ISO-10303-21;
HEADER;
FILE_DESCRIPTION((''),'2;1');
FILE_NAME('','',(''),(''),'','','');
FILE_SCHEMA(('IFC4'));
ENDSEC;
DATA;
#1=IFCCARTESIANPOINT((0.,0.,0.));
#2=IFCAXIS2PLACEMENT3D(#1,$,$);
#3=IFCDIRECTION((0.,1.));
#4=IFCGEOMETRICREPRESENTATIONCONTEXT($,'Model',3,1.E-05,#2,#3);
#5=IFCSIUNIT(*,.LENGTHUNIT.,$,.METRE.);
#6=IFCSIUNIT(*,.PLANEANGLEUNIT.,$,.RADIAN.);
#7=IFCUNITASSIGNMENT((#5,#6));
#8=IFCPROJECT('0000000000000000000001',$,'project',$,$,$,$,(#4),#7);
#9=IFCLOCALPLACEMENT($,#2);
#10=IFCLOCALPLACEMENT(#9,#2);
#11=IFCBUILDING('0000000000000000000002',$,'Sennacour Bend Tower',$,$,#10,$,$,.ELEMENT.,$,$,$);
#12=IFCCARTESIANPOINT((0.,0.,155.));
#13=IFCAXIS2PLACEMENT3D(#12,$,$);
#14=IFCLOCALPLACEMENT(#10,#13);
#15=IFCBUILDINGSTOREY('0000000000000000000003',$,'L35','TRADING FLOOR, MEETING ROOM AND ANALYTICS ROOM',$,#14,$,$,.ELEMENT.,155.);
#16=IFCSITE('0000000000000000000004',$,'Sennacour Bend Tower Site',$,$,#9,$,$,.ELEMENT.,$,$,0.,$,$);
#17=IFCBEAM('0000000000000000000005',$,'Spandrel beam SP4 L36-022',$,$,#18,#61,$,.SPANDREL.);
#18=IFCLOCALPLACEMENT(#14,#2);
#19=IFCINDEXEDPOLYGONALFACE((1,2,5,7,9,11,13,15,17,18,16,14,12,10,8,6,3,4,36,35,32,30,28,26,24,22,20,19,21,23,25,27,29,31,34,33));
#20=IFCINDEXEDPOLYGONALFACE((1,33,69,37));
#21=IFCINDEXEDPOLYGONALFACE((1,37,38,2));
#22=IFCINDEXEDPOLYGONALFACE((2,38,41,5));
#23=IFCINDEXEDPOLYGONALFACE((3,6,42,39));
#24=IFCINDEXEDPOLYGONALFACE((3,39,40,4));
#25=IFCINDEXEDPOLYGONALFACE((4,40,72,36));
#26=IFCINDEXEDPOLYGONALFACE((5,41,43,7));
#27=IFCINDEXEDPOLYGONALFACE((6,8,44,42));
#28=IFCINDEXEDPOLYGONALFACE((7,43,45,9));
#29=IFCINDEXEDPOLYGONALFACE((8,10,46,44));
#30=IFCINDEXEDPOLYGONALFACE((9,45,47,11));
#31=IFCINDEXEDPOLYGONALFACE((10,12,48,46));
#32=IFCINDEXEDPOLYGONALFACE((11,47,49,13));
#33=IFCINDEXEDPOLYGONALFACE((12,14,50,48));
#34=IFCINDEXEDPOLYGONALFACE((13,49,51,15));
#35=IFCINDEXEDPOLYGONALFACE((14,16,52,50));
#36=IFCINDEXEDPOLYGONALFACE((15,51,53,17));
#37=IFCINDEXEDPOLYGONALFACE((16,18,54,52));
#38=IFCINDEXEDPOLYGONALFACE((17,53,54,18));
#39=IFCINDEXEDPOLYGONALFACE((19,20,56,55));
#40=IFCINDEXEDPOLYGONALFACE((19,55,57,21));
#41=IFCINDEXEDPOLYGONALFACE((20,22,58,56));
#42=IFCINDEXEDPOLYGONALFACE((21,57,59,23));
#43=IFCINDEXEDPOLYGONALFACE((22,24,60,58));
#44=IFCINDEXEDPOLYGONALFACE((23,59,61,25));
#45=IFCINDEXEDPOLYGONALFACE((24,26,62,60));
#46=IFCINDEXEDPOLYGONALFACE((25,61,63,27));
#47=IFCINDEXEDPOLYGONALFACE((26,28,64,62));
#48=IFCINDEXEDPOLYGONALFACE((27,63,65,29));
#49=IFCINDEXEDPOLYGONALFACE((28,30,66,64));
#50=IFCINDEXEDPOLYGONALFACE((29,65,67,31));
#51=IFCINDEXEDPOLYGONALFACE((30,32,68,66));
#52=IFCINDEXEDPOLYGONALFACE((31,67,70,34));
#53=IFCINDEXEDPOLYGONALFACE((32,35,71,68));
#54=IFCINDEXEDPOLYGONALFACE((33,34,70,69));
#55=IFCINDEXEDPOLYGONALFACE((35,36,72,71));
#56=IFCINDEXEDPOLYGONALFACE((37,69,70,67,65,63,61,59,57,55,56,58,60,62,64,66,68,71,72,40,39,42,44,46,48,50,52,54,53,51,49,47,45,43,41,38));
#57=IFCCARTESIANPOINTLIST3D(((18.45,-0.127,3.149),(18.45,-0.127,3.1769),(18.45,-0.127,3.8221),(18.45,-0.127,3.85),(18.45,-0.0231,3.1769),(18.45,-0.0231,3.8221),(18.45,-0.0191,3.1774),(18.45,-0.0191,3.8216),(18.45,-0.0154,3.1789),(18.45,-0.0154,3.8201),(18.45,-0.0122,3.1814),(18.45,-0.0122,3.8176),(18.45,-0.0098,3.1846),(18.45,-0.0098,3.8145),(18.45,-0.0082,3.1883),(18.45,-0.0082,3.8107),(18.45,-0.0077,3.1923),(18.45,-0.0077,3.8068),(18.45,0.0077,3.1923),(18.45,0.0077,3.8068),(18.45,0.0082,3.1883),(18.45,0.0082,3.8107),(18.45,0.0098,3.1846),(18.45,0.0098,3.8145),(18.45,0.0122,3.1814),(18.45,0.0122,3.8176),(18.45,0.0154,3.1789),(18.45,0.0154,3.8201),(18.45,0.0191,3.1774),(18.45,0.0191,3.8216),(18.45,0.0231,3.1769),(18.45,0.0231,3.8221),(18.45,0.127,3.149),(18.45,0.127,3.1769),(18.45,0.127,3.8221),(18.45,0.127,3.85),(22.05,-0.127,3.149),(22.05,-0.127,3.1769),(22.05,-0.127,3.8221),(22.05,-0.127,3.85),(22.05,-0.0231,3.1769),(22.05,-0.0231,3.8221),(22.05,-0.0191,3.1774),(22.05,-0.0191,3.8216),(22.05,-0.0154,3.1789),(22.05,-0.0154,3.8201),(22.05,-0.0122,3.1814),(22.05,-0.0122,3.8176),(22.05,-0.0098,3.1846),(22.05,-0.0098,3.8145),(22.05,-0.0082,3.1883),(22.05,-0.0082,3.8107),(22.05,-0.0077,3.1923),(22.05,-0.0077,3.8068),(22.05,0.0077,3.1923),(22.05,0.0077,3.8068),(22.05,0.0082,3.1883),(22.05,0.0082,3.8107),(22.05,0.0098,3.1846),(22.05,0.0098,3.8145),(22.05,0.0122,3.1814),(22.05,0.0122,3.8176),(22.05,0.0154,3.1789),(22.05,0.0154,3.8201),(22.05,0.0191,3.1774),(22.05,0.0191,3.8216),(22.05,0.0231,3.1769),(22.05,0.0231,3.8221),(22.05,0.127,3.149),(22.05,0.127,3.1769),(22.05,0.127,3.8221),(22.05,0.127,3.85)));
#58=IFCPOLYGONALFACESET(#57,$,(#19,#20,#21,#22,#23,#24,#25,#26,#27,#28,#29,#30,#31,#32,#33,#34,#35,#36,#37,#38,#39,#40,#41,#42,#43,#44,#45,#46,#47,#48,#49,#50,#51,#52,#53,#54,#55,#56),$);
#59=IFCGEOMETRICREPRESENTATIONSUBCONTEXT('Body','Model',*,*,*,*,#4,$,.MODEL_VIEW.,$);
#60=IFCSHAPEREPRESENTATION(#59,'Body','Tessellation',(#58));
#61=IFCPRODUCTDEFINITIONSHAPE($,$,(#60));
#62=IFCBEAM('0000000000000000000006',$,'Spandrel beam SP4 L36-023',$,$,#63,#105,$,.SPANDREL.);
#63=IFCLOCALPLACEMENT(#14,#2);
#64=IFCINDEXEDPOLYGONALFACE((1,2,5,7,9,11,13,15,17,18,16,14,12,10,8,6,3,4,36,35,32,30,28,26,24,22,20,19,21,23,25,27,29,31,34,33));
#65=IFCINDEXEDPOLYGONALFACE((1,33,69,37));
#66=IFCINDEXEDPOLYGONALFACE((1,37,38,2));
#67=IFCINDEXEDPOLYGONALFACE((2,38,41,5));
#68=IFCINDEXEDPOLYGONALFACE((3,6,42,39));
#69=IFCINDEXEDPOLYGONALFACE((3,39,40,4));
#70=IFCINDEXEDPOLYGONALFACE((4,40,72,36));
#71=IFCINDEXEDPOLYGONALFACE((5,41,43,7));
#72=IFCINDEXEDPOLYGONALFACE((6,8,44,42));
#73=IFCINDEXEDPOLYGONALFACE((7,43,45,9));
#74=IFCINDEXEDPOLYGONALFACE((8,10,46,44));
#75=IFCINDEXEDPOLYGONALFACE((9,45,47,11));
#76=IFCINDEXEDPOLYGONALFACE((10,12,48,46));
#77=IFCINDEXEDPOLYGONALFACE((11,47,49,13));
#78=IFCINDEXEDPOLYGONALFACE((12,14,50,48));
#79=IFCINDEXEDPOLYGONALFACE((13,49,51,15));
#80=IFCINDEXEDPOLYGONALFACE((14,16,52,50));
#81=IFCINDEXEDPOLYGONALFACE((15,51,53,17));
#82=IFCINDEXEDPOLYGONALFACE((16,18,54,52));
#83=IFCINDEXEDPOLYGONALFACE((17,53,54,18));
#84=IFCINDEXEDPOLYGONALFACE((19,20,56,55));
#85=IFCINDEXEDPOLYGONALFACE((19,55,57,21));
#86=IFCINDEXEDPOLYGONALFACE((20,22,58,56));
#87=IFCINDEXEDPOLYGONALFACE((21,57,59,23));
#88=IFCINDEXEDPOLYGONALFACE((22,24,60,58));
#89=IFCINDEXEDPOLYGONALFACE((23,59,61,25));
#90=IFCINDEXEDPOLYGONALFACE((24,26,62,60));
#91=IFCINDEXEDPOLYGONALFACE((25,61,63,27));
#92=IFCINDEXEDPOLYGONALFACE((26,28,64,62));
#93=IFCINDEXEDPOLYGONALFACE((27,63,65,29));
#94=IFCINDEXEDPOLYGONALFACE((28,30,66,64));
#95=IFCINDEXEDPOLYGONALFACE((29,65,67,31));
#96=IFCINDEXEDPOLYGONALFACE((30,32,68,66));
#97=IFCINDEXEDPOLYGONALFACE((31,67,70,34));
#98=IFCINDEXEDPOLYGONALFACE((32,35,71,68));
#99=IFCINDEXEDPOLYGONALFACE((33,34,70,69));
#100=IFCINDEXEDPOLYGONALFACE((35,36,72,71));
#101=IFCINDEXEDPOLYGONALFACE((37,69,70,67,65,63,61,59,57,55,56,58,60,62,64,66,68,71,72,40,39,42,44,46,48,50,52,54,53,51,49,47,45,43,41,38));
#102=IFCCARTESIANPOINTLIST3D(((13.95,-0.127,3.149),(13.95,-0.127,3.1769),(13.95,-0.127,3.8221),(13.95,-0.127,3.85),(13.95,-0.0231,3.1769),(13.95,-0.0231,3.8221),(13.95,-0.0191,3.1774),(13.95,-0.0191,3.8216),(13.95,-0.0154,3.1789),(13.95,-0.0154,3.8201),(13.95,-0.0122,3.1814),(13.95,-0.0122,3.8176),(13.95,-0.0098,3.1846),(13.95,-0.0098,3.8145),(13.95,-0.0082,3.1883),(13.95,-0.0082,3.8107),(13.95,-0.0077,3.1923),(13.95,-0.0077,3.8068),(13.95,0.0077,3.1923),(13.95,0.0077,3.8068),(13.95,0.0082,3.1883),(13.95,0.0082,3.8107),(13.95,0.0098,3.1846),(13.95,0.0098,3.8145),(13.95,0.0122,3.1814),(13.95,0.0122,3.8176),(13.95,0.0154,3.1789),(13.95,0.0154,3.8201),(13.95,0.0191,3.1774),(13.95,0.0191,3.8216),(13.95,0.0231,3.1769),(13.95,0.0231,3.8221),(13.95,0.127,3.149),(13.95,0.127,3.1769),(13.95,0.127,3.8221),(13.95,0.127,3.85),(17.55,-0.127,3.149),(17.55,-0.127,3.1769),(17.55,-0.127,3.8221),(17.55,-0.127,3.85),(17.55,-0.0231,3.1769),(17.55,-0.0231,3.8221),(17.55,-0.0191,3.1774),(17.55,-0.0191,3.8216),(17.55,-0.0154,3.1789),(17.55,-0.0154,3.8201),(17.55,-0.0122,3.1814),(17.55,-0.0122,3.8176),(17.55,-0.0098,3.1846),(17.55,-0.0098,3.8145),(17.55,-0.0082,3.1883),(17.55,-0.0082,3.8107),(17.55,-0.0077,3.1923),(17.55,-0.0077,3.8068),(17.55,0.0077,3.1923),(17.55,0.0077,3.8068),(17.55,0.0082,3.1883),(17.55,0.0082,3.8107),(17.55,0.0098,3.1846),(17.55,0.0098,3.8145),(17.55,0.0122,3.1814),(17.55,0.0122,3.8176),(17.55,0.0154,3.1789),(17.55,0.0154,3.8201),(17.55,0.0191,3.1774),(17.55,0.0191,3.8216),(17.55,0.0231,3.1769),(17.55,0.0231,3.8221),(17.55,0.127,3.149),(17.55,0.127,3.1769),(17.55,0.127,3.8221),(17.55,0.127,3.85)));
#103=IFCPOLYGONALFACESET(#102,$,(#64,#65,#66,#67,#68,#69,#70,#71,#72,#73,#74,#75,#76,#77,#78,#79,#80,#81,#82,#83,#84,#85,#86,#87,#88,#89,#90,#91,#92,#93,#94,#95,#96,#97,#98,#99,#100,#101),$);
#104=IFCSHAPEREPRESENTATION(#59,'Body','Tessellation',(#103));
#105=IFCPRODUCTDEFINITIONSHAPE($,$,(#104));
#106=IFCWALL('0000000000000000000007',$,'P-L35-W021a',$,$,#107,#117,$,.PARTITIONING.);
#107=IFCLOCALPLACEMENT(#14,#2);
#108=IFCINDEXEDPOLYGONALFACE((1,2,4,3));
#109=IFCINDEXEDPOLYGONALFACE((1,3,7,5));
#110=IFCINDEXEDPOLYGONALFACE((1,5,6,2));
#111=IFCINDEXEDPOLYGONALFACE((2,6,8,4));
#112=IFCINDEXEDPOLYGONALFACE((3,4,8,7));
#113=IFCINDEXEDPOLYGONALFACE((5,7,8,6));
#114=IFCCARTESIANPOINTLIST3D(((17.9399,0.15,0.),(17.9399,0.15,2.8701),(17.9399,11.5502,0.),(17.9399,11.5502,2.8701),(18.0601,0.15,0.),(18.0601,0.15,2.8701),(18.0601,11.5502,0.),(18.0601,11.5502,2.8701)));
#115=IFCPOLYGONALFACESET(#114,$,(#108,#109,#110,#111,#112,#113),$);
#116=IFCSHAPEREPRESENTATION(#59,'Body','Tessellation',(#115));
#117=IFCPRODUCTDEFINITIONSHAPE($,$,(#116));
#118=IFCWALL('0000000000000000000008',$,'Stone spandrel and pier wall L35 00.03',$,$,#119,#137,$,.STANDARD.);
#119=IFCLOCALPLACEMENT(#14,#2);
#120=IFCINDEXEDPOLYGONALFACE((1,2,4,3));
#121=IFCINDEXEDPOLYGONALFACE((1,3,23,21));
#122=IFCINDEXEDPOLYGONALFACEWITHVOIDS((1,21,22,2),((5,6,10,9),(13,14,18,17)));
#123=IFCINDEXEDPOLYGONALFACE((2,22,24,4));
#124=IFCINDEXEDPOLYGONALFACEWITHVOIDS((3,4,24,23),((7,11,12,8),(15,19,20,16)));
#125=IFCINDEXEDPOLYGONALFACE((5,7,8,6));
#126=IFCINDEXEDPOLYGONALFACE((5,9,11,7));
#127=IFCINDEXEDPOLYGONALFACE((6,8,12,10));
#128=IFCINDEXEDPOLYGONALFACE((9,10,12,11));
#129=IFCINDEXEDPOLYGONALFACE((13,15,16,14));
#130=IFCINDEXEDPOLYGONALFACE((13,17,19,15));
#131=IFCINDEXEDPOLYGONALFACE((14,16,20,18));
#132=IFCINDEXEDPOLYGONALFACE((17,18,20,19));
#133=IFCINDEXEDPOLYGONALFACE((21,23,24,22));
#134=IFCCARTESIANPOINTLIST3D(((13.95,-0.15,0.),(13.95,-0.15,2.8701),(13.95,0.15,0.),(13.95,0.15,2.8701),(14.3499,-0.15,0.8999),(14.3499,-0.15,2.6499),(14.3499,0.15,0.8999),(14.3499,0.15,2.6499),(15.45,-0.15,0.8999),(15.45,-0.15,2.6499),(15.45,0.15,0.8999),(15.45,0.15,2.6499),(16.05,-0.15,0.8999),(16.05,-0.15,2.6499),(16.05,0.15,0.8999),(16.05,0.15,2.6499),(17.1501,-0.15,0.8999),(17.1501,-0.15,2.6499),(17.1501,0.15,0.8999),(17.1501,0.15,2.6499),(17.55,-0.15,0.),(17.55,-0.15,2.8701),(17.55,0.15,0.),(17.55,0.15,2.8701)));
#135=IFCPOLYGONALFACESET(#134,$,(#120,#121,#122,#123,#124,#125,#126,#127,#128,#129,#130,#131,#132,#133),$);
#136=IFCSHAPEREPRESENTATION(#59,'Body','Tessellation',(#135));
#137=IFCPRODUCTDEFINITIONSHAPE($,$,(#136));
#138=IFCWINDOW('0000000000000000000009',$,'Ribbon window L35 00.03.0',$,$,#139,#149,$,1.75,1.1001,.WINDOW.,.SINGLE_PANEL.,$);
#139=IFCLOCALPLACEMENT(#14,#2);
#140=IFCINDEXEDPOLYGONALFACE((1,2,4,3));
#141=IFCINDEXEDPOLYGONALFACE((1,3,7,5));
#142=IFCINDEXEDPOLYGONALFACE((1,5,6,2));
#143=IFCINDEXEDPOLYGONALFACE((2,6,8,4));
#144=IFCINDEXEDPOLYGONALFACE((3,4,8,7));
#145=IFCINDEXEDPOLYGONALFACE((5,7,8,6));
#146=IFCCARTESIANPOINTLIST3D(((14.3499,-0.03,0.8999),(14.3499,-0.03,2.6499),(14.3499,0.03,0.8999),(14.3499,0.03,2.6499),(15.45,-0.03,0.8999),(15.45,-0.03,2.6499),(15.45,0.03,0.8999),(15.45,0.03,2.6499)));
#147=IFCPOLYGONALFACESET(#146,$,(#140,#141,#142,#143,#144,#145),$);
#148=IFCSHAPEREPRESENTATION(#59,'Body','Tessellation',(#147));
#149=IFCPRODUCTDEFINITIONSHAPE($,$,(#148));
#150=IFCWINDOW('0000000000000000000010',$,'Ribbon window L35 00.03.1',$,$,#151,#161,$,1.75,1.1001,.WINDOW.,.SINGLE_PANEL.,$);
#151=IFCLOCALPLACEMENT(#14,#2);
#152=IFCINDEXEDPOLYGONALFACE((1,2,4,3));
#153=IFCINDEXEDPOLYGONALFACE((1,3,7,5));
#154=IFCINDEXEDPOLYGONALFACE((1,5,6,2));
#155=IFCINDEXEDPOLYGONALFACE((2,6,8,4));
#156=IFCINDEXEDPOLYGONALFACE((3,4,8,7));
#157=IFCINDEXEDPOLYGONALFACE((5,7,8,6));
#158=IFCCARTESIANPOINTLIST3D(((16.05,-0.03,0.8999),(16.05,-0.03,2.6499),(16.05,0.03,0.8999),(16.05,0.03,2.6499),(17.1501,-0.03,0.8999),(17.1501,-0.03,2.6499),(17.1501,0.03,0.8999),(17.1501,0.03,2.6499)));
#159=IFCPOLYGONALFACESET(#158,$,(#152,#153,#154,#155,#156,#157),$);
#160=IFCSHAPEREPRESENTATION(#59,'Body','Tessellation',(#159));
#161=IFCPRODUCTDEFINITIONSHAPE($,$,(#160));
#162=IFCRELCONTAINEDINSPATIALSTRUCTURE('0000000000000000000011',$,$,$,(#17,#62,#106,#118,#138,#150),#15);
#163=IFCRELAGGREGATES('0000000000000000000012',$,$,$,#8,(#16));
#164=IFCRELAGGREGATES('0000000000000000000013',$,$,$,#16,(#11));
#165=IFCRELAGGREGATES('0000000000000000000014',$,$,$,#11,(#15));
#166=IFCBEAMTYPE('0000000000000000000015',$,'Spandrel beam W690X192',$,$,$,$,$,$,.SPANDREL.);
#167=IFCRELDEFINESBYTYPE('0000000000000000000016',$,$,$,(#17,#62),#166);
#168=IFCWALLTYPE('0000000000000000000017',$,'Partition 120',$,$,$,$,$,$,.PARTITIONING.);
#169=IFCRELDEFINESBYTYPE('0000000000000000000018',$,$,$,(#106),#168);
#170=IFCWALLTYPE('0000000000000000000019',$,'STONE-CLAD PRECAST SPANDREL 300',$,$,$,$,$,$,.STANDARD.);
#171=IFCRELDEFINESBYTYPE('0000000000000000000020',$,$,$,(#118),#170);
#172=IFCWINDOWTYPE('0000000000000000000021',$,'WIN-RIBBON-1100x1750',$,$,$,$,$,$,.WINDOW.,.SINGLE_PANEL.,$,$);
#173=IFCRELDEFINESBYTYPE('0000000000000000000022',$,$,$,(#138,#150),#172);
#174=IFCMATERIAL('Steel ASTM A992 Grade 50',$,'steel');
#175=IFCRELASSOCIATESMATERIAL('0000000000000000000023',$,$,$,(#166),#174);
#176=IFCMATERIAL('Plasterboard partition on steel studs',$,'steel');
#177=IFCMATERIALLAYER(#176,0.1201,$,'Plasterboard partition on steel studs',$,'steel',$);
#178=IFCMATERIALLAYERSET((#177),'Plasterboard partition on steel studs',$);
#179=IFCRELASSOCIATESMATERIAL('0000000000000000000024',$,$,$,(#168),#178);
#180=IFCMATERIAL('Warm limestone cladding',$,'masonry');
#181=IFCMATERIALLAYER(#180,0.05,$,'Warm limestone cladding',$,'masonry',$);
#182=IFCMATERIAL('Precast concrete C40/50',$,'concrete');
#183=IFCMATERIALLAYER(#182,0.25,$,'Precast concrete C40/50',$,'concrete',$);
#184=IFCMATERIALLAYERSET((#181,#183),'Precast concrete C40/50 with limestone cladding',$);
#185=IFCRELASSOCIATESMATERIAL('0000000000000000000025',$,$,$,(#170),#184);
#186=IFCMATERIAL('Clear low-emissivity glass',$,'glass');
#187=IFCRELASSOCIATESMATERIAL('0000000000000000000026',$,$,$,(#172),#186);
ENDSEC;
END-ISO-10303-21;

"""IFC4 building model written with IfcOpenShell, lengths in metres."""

from ifc_helpers import new_model, si_unit, direction, frame, frame_2d, origin, origin_2d, place, context, subcontext, project, spatial, rectangle, i_section, extrude, material, layer, layer_set, material_profile, profile_set, type_object, element, fill, save


model = new_model("IFC4")

# Units and contexts
model_context = context("Model", 3, precision=1e-05, world=origin(), true_north=direction((0.0, 1.0)))
body_context = subcontext(model_context, "Body", "Model", "MODEL_VIEW")
ifc_project = project(units=[si_unit("LENGTHUNIT", "METRE"), si_unit("PLANEANGLEUNIT", "RADIAN")], contexts=[model_context])

# Site, building, storey
site_placement = place(None, origin())
site = spatial("IfcSite", under=ifc_project, at=site_placement, Name="Sennacour Bend Tower Site", CompositionType="ELEMENT", RefElevation=0.0)
building_placement = place(site_placement, origin())
building = spatial("IfcBuilding", under=site, at=building_placement, Name="Sennacour Bend Tower", CompositionType="ELEMENT")
storey_placement = place(building_placement, frame((0.0, 0.0, 155.0)))
storey = spatial("IfcBuildingStorey", under=building, at=storey_placement, Name="L35", Description="TRADING FLOOR, MEETING ROOM AND ANALYTICS ROOM", CompositionType="ELEMENT", Elevation=155.0)

# Beams
ifc_material_1 = material(Name="Steel ASTM A992 Grade 50", Category="steel")
ifc_material_profile_1 = material_profile(ifc_material_1, i_section(OverallWidth=0.2539, OverallDepth=0.7009, WebThickness=0.0154, FlangeThickness=0.0278, FilletRadius=0.0154, at=origin_2d()), Name="Steel ASTM A992 Grade 50", Category="steel")
ifc_profile_set_1 = profile_set([ifc_material_profile_1], Name="Steel ASTM A992 Grade 50")
beam_type_1 = type_object("IfcBeamType", Name="Spandrel beam W690X192", PredefinedType="SPANDREL", material=ifc_profile_set_1)
for number, where, z_axis, x_axis, name in (
    (1, (22.05, 0.0, 3.4995), (-1.0, 0.0, 0.0), (0.0, -1.0, 0.0), "Spandrel beam SP4 L36-022"),
    (2, (17.55, 0.0, 3.4995), (-1.0, 0.0, 0.0), (0.0, -1.0, 0.0), "Spandrel beam SP4 L36-023"),
):
    element("IfcBeam", number, at=place(storey_placement, frame(where, z_axis=z_axis, x_axis=x_axis)), inside=storey, type_object=beam_type_1, Name=name, PredefinedType="SPANDREL", context=body_context, shape_type="SweptSolid", body=[
        extrude(i_section(OverallWidth=0.2539, OverallDepth=0.7009, WebThickness=0.0154, FlangeThickness=0.0278, FilletRadius=0.0154, at=origin_2d()), origin(), (0.0, 0.0, 1.0), 3.6001),
    ])

# Wall
ifc_material_2 = material(Name="Plasterboard partition on steel studs", Category="steel")
ifc_layer_1 = layer(ifc_material_2, 0.1201, Name="Plasterboard partition on steel studs", Category="steel")
ifc_layer_set_1 = layer_set([ifc_layer_1], Name="Plasterboard partition on steel studs")
wall_type_1 = type_object("IfcWallType", Name="Partition 120", PredefinedType="PARTITIONING", material=ifc_layer_set_1)
wall_1_placement = place(storey_placement, frame((18.0, 0.1499, 0.0), z_axis=(0.0, 0.0, 1.0), x_axis=(0.0, 1.0, 0.0)))
element("IfcWall", 3, at=wall_1_placement, inside=storey, type_object=wall_type_1, Name="P-L35-W021a", PredefinedType="PARTITIONING", context=body_context, shape_type="SweptSolid", body=[
    extrude(rectangle(XDim=11.4001, YDim=0.1201, at=frame_2d((5.7002, 0.0))), origin(), (0.0, 0.0, 1.0), 2.8701),
])

# Wall, openings, windows
ifc_material_3 = material(Name="Warm limestone cladding", Category="masonry")
ifc_layer_2 = layer(ifc_material_3, 0.05, Name="Warm limestone cladding", Category="masonry")
ifc_material_4 = material(Name="Precast concrete C40/50", Category="concrete")
ifc_layer_3 = layer(ifc_material_4, 0.25, Name="Precast concrete C40/50", Category="concrete")
ifc_layer_set_2 = layer_set([ifc_layer_2, ifc_layer_3], Name="Precast concrete C40/50 with limestone cladding")
wall_type_2 = type_object("IfcWallType", Name="STONE-CLAD PRECAST SPANDREL 300", PredefinedType="STANDARD", material=ifc_layer_set_2)
wall_2_placement = place(storey_placement, frame((13.95, 0.0, 0.0), z_axis=(0.0, 0.0, 1.0), x_axis=(1.0, 0.0, 0.0)))
wall_2 = element("IfcWall", 4, at=wall_2_placement, inside=storey, type_object=wall_type_2, Name="Stone spandrel and pier wall L35 00.03", PredefinedType="STANDARD", context=body_context, shape_type="SweptSolid", body=[
    extrude(rectangle(XDim=3.6001, YDim=0.3, at=frame_2d((1.8, 0.0))), origin(), (0.0, 0.0, 1.0), 2.8701),
])
opening_1_placement = place(wall_2_placement, frame((0.3999, 0.0, 0.8999)))
opening_1 = element("IfcOpeningElement", 5, at=opening_1_placement, cuts=wall_2, PredefinedType="OPENING", context=body_context, shape_type="SweptSolid", body=[
    extrude(rectangle(XDim=1.1001, YDim=1.75, at=frame_2d((0.55, 0.875))), frame((0.0, 0.1602, 0.0), z_axis=(0.0, -1.0, 0.0), x_axis=(1.0, 0.0, 0.0)), (0.0, 0.0, 1.0), 0.3201),
])
opening_2_placement = place(wall_2_placement, frame((2.1001, 0.0, 0.8999)))
opening_2 = element("IfcOpeningElement", 6, at=opening_2_placement, cuts=wall_2, PredefinedType="OPENING", context=body_context, shape_type="SweptSolid", body=[
    extrude(rectangle(XDim=1.1001, YDim=1.75, at=frame_2d((0.55, 0.875))), frame((0.0, 0.1602, 0.0), z_axis=(0.0, -1.0, 0.0), x_axis=(1.0, 0.0, 0.0)), (0.0, 0.0, 1.0), 0.3201),
])
ifc_material_5 = material(Name="Clear low-emissivity glass", Category="glass")
window_type = type_object("IfcWindowType", Name="WIN-RIBBON-1100x1750", PartitioningType="SINGLE_PANEL", PredefinedType="WINDOW", material=ifc_material_5)
window_1_placement = place(opening_1_placement, origin())
window_1 = element("IfcWindow", 7, at=window_1_placement, inside=storey, type_object=window_type, Name="Ribbon window L35 00.03.0", OverallHeight=1.75, OverallWidth=1.1001, PartitioningType="SINGLE_PANEL", PredefinedType="WINDOW", context=body_context, shape_type="SweptSolid", body=[
    extrude(rectangle(XDim=1.1001, YDim=1.75, at=frame_2d((0.55, 0.875))), frame((0.0, 0.03, 0.0), z_axis=(0.0, -1.0, 0.0), x_axis=(1.0, 0.0, 0.0)), (0.0, 0.0, 1.0), 0.0601),
])
fill(opening_1, window_1)
window_2_placement = place(opening_2_placement, origin())
window_2 = element("IfcWindow", 8, at=window_2_placement, inside=storey, type_object=window_type, Name="Ribbon window L35 00.03.1", OverallHeight=1.75, OverallWidth=1.1001, PartitioningType="SINGLE_PANEL", PredefinedType="WINDOW", context=body_context, shape_type="SweptSolid", body=[
    extrude(rectangle(XDim=1.1001, YDim=1.75, at=frame_2d((0.55, 0.875))), frame((0.0, 0.03, 0.0), z_axis=(0.0, -1.0, 0.0), x_axis=(1.0, 0.0, 0.0)), (0.0, 0.0, 1.0), 0.0601),
])
fill(opening_2, window_2)

save(model, "model.ifc")
